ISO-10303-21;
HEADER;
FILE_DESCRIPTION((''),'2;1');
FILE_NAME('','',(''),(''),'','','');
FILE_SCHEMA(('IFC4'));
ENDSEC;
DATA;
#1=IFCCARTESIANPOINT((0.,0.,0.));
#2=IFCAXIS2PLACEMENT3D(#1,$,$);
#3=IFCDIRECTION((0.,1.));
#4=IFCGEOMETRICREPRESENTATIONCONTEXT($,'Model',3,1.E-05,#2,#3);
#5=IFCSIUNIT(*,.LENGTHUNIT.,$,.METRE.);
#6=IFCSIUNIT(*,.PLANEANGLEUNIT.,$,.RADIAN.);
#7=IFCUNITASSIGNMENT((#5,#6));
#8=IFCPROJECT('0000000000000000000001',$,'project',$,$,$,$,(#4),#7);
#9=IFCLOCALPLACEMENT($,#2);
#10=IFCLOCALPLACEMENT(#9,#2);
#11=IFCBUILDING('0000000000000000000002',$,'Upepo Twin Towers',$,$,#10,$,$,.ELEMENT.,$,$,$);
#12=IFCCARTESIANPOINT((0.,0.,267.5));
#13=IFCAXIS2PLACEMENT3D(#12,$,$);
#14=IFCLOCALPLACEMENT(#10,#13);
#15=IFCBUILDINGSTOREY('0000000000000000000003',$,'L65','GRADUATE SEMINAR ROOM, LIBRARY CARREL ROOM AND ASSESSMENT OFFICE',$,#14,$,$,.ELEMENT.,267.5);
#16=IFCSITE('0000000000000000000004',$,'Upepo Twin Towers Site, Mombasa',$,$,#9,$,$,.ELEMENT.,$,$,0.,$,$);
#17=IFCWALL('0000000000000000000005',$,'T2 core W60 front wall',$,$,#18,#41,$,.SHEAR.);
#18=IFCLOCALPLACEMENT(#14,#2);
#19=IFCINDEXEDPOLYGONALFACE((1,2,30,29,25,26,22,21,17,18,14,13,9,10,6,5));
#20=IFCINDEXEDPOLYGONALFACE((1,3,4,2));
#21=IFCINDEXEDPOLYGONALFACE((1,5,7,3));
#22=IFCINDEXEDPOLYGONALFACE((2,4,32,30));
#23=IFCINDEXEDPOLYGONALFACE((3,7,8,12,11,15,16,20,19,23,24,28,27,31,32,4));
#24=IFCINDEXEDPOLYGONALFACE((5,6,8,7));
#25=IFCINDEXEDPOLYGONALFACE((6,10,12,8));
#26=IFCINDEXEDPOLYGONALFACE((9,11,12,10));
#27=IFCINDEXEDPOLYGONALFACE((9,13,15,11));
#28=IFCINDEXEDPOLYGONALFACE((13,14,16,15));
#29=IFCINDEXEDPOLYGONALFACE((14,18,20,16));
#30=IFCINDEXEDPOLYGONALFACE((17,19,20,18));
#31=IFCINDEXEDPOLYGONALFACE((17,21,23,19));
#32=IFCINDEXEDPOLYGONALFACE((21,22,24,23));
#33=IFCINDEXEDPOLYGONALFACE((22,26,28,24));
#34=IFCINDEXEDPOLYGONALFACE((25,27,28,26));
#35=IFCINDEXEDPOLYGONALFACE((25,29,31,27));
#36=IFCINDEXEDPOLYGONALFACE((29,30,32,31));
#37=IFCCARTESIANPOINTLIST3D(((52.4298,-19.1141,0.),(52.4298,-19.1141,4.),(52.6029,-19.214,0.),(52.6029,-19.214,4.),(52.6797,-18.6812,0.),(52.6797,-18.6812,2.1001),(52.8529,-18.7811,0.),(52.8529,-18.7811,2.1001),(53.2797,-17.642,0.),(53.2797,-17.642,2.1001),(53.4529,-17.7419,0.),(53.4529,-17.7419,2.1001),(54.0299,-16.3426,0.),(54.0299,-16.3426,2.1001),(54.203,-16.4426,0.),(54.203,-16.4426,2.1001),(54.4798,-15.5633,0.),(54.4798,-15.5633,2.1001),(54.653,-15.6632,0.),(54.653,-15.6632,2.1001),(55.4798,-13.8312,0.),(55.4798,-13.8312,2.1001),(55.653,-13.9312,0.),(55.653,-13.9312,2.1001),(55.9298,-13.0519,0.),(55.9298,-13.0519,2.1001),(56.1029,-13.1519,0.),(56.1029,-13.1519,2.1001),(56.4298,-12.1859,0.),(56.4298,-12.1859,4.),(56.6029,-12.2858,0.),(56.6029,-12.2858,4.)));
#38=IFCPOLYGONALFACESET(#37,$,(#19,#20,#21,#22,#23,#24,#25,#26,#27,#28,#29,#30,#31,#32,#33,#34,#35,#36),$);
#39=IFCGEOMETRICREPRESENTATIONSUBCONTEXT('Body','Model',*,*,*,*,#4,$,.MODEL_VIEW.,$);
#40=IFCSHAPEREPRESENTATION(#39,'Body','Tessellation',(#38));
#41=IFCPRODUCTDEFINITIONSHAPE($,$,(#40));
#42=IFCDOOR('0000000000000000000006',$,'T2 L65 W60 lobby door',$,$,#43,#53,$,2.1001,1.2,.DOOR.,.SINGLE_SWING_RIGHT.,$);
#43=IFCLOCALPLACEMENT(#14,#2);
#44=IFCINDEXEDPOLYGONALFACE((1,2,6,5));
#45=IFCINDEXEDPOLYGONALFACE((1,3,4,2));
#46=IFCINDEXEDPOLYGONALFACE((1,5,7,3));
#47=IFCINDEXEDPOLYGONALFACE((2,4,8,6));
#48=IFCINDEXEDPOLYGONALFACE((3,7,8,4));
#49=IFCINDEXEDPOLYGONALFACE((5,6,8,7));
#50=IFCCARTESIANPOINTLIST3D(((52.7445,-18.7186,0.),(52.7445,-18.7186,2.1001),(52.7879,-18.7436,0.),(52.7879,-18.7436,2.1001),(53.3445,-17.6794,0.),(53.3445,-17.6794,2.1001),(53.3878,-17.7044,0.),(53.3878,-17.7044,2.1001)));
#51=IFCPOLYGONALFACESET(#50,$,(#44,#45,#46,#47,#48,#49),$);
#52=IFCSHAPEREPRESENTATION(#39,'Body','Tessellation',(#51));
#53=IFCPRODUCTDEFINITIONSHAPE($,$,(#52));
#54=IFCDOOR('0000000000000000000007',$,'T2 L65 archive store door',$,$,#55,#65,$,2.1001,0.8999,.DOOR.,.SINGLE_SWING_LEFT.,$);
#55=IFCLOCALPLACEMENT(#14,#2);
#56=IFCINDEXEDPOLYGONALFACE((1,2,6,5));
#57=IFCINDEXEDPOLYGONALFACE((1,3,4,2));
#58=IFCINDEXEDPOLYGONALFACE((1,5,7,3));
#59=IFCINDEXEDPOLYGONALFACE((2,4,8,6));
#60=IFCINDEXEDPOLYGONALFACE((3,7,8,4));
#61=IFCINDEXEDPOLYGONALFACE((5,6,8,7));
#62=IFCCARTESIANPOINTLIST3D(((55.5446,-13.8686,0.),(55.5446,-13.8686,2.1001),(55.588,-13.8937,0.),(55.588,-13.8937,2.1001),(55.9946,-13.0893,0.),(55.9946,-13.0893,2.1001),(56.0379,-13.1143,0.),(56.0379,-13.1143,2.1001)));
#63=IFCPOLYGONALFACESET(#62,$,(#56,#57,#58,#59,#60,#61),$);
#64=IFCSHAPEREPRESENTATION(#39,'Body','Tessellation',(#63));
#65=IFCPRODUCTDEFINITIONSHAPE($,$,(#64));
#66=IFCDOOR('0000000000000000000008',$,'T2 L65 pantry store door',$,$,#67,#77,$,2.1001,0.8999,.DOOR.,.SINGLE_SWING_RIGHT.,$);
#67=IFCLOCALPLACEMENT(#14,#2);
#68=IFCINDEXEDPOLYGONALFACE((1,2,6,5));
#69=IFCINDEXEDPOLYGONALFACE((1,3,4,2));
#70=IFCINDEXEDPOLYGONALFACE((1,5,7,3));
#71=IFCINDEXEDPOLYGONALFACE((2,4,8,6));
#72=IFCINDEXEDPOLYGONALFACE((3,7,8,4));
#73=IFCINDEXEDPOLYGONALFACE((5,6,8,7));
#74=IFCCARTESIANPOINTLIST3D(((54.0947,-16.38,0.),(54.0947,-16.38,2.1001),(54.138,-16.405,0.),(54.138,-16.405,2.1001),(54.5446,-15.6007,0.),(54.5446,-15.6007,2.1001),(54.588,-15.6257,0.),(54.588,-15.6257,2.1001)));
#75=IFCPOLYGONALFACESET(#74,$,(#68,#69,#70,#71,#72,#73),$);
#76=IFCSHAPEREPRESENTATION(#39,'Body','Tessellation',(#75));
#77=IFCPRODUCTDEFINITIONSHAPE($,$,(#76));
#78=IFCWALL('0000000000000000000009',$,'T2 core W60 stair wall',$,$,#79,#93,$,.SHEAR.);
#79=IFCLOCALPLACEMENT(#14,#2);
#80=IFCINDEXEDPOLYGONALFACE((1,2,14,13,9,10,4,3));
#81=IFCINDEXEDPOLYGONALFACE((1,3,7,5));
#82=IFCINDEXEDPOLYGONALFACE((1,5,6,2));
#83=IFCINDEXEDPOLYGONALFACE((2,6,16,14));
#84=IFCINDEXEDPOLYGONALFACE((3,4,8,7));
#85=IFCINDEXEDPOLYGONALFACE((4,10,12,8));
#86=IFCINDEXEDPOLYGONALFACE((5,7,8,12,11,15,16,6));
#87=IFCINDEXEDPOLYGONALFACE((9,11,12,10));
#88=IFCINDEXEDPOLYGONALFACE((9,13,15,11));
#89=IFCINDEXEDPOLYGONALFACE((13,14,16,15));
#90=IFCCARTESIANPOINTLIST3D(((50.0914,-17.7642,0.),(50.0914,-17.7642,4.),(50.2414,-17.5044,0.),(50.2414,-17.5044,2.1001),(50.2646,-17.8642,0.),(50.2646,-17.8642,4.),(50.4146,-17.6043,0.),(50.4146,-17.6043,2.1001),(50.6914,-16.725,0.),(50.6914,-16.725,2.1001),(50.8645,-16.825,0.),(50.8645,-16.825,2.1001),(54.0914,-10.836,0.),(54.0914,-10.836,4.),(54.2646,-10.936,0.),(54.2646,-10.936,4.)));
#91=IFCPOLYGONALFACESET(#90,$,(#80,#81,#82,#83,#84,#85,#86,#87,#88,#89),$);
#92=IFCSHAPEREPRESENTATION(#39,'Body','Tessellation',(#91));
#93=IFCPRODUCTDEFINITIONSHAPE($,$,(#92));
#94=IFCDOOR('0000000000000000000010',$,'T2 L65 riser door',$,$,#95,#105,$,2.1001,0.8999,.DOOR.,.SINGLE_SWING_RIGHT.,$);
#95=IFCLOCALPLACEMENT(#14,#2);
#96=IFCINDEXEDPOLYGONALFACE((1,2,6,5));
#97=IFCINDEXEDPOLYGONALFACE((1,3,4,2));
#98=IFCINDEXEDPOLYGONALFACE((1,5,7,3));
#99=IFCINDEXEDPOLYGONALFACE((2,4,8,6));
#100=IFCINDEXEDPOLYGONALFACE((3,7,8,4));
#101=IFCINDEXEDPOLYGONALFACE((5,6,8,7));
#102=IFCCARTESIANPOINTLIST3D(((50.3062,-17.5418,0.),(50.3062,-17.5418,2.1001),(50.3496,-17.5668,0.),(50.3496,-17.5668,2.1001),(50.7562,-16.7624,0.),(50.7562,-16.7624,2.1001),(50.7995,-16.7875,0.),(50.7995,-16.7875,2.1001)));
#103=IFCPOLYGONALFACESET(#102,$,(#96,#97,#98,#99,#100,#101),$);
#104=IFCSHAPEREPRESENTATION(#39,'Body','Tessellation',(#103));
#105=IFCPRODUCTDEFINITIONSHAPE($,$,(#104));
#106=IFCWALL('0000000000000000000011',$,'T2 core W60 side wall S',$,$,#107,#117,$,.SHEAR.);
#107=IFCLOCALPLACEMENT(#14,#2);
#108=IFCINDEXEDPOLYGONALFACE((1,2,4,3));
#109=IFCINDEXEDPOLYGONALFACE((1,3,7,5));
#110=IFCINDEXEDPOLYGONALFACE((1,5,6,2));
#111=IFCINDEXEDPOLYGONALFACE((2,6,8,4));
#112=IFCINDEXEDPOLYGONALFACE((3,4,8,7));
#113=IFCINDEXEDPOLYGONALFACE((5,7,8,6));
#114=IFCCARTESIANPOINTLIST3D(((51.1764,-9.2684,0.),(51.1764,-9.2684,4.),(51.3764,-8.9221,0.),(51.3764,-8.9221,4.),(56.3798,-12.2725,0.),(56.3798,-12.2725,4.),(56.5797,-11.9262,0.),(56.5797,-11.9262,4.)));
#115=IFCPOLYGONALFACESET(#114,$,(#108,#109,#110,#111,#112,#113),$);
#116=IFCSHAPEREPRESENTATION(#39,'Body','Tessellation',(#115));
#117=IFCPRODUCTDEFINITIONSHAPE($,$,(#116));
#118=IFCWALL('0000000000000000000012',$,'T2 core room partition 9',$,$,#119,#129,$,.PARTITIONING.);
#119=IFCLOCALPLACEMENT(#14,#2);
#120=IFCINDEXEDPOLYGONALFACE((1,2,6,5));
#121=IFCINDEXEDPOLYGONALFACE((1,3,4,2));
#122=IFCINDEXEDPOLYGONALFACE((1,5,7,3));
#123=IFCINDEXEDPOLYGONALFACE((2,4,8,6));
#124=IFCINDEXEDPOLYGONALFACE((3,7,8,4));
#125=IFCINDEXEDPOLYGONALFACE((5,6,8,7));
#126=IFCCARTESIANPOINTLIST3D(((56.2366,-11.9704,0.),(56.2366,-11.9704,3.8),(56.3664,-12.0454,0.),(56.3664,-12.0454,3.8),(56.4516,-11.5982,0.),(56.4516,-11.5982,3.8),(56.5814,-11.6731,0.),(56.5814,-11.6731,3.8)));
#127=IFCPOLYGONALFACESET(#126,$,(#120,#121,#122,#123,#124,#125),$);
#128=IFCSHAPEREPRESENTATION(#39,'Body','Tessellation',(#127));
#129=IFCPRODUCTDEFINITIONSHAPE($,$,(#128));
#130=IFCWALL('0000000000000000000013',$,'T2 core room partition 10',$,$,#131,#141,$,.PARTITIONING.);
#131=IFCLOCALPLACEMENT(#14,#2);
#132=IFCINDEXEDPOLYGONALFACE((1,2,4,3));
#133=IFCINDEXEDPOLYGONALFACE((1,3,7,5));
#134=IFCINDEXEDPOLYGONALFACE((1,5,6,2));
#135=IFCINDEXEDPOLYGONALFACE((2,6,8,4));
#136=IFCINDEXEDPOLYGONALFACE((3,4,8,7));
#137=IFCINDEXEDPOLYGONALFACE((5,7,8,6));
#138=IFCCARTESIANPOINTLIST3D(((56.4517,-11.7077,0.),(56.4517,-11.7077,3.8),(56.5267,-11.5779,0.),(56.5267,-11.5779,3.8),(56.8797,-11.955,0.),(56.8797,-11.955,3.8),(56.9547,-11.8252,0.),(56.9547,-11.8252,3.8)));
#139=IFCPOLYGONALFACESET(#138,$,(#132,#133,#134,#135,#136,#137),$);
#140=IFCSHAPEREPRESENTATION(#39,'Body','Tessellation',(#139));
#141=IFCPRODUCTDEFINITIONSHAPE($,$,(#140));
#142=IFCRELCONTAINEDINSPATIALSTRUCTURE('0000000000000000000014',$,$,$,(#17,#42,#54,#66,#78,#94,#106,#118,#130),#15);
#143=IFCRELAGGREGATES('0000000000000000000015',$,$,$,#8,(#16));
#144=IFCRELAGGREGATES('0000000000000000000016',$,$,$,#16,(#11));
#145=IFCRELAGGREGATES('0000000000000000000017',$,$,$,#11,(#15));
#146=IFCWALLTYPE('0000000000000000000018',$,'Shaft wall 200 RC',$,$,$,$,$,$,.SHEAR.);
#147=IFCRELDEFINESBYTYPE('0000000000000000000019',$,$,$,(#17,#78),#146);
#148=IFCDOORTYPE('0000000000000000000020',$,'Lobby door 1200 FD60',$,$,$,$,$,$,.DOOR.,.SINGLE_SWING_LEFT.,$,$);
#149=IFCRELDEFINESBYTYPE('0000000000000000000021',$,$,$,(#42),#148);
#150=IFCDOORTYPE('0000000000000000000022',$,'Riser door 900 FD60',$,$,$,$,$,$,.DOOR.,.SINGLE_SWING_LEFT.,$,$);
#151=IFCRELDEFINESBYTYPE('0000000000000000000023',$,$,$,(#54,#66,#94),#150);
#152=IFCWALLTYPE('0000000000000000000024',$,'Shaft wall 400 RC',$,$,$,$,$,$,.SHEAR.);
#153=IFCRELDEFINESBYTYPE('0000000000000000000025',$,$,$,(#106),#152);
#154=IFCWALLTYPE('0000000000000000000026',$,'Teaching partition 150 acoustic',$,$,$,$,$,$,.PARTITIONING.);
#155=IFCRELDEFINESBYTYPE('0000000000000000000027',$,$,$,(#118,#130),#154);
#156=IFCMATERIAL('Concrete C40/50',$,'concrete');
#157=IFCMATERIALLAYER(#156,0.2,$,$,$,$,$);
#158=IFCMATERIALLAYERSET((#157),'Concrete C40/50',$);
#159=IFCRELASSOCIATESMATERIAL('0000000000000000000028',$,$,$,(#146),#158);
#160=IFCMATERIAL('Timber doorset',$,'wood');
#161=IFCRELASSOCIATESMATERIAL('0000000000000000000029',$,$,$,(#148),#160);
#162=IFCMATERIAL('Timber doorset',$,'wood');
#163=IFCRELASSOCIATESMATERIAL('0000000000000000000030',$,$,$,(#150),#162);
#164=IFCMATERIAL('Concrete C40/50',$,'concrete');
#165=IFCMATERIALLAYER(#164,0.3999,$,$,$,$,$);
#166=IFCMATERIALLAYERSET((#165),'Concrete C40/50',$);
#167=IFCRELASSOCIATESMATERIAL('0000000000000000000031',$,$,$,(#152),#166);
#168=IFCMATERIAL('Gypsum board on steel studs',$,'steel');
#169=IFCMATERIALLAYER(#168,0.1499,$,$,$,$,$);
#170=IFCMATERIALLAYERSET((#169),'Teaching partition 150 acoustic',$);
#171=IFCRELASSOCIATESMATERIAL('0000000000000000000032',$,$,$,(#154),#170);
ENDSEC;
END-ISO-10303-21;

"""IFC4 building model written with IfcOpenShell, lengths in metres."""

from ifc_helpers import new_model, si_unit, direction, frame, frame_2d, origin, place, context, subcontext, project, spatial, rectangle, extrude, material, layer, layer_set, type_object, element, fill, save


model = new_model("IFC4")

# Units and contexts
model_context = context("Model", 3, precision=1e-05, world=origin(), true_north=direction((0.0, 1.0)))
body_context = subcontext(model_context, "Body", "Model", "MODEL_VIEW")
ifc_project = project(units=[si_unit("LENGTHUNIT", "METRE"), si_unit("PLANEANGLEUNIT", "RADIAN")], contexts=[model_context])

# Site, building, storey
site_placement = place(None, origin())
site = spatial("IfcSite", under=ifc_project, at=site_placement, Name="Upepo Twin Towers Site, Mombasa", CompositionType="ELEMENT", RefElevation=0.0)
building_placement = place(site_placement, origin())
building = spatial("IfcBuilding", under=site, at=building_placement, Name="Upepo Twin Towers", CompositionType="ELEMENT")
storey_placement = place(building_placement, frame((0.0, 0.0, 267.5)))
storey = spatial("IfcBuildingStorey", under=building, at=storey_placement, Name="L65", Description="GRADUATE SEMINAR ROOM, LIBRARY CARREL ROOM AND ASSESSMENT OFFICE", CompositionType="ELEMENT", Elevation=267.5)

# Wall, openings, doors
ifc_material_1 = material(Name="Concrete C40/50", Category="concrete")
ifc_layer_1 = layer(ifc_material_1, 0.2)
ifc_layer_set_1 = layer_set([ifc_layer_1], Name="Concrete C40/50")
wall_type_1 = type_object("IfcWallType", Name="Shaft wall 200 RC", PredefinedType="SHEAR", material=ifc_layer_set_1)
wall_1_placement = place(storey_placement, frame((56.5164, -12.2358, 0.0), z_axis=(0.0, 0.0, 1.0), x_axis=(-0.499999, -0.866026, 0.0)))
wall_1 = element("IfcWall", 1, at=wall_1_placement, inside=storey, type_object=wall_type_1, Name="T2 core W60 front wall", PredefinedType="SHEAR", context=body_context, shape_type="SweptSolid", body=[
    extrude(rectangle(XDim=8.0, YDim=0.2, at=frame_2d((4.0, 0.0))), origin(), (0.0, 0.0, 1.0), 4.0),
])
opening_1_placement = place(wall_1_placement, frame((6.3, 0.0, 0.0)))
opening_1 = element("IfcOpeningElement", 2, at=opening_1_placement, cuts=wall_1, PredefinedType="OPENING", context=body_context, shape_type="SweptSolid", body=[
    extrude(rectangle(XDim=1.2, YDim=2.1001, at=frame_2d((0.6001, 1.05))), frame((0.0, 0.1099, 0.0), z_axis=(0.0, -1.0, 0.0), x_axis=(1.0, 0.0, 0.0)), (0.0, 0.0, 1.0), 0.22),
])
opening_2_placement = place(wall_1_placement, frame((1.0, 0.0, 0.0)))
opening_2 = element("IfcOpeningElement", 3, at=opening_2_placement, cuts=wall_1, PredefinedType="OPENING", context=body_context, shape_type="SweptSolid", body=[
    extrude(rectangle(XDim=0.8999, YDim=2.1001, at=frame_2d((0.45, 1.05))), frame((0.0, 0.1099, 0.0), z_axis=(0.0, -1.0, 0.0), x_axis=(1.0, 0.0, 0.0)), (0.0, 0.0, 1.0), 0.22),
])
opening_3_placement = place(wall_1_placement, frame((3.8999, 0.0, 0.0)))
opening_3 = element("IfcOpeningElement", 4, at=opening_3_placement, cuts=wall_1, PredefinedType="OPENING", context=body_context, shape_type="SweptSolid", body=[
    extrude(rectangle(XDim=0.8999, YDim=2.1001, at=frame_2d((0.45, 1.05))), frame((0.0, 0.1099, 0.0), z_axis=(0.0, -1.0, 0.0), x_axis=(1.0, 0.0, 0.0)), (0.0, 0.0, 1.0), 0.22),
])
ifc_material_2 = material(Name="Timber doorset", Category="wood")
door_type_1 = type_object("IfcDoorType", Name="Lobby door 1200 FD60", OperationType="SINGLE_SWING_LEFT", PredefinedType="DOOR", material=ifc_material_2)
door_1_placement = place(opening_1_placement, origin())
door_1 = element("IfcDoor", 5, at=door_1_placement, inside=storey, type_object=door_type_1, Name="T2 L65 W60 lobby door", OperationType="SINGLE_SWING_RIGHT", OverallHeight=2.1001, OverallWidth=1.2, PredefinedType="DOOR", context=body_context, shape_type="SweptSolid", body=[
    extrude(rectangle(XDim=1.2, YDim=2.1001, at=frame_2d((0.6001, 1.05))), frame((0.0, 0.0249, 0.0), z_axis=(0.0, -1.0, 0.0), x_axis=(1.0, 0.0, 0.0)), (0.0, 0.0, 1.0), 0.05),
])
fill(opening_1, door_1)
ifc_material_3 = material(Name="Timber doorset", Category="wood")
door_type_2 = type_object("IfcDoorType", Name="Riser door 900 FD60", OperationType="SINGLE_SWING_LEFT", PredefinedType="DOOR", material=ifc_material_3)
door_2_placement = place(opening_2_placement, origin())
door_2 = element("IfcDoor", 6, at=door_2_placement, inside=storey, type_object=door_type_2, Name="T2 L65 archive store door", OperationType="SINGLE_SWING_LEFT", OverallHeight=2.1001, OverallWidth=0.8999, PredefinedType="DOOR", context=body_context, shape_type="SweptSolid", body=[
    extrude(rectangle(XDim=0.8999, YDim=2.1001, at=frame_2d((0.45, 1.05))), frame((0.0, 0.0249, 0.0), z_axis=(0.0, -1.0, 0.0), x_axis=(1.0, 0.0, 0.0)), (0.0, 0.0, 1.0), 0.05),
])
fill(opening_2, door_2)
door_3_placement = place(opening_3_placement, origin())
door_3 = element("IfcDoor", 7, at=door_3_placement, inside=storey, type_object=door_type_2, Name="T2 L65 pantry store door", OperationType="SINGLE_SWING_RIGHT", OverallHeight=2.1001, OverallWidth=0.8999, PredefinedType="DOOR", context=body_context, shape_type="SweptSolid", body=[
    extrude(rectangle(XDim=0.8999, YDim=2.1001, at=frame_2d((0.45, 1.05))), frame((0.0, 0.0249, 0.0), z_axis=(0.0, -1.0, 0.0), x_axis=(1.0, 0.0, 0.0)), (0.0, 0.0, 1.0), 0.05),
])
fill(opening_3, door_3)

# Wall, opening, door
wall_2_placement = place(storey_placement, frame((54.178, -10.886, 0.0), z_axis=(0.0, 0.0, 1.0), x_axis=(-0.499999, -0.866026, 0.0)))
wall_2 = element("IfcWall", 8, at=wall_2_placement, inside=storey, type_object=wall_type_1, Name="T2 core W60 stair wall", PredefinedType="SHEAR", context=body_context, shape_type="SweptSolid", body=[
    extrude(rectangle(XDim=8.0, YDim=0.2, at=frame_2d((4.0, 0.0))), origin(), (0.0, 0.0, 1.0), 4.0),
])
opening_4_placement = place(wall_2_placement, frame((6.8, 0.0, 0.0)))
opening_4 = element("IfcOpeningElement", 9, at=opening_4_placement, cuts=wall_2, PredefinedType="OPENING", context=body_context, shape_type="SweptSolid", body=[
    extrude(rectangle(XDim=0.8999, YDim=2.1001, at=frame_2d((0.45, 1.05))), frame((0.0, 0.1099, 0.0), z_axis=(0.0, -1.0, 0.0), x_axis=(1.0, 0.0, 0.0)), (0.0, 0.0, 1.0), 0.22),
])
door_4_placement = place(opening_4_placement, origin())
door_4 = element("IfcDoor", 10, at=door_4_placement, inside=storey, type_object=door_type_2, Name="T2 L65 riser door", OperationType="SINGLE_SWING_RIGHT", OverallHeight=2.1001, OverallWidth=0.8999, PredefinedType="DOOR", context=body_context, shape_type="SweptSolid", body=[
    extrude(rectangle(XDim=0.8999, YDim=2.1001, at=frame_2d((0.45, 1.05))), frame((0.0, 0.0249, 0.0), z_axis=(0.0, -1.0, 0.0), x_axis=(1.0, 0.0, 0.0)), (0.0, 0.0, 1.0), 0.05),
])
fill(opening_4, door_4)

# Walls
ifc_material_4 = material(Name="Concrete C40/50", Category="concrete")
ifc_layer_2 = layer(ifc_material_4, 0.3999)
ifc_layer_set_2 = layer_set([ifc_layer_2], Name="Concrete C40/50")
wall_type_2 = type_object("IfcWallType", Name="Shaft wall 400 RC", PredefinedType="SHEAR", material=ifc_layer_set_2)
wall_3_placement = place(storey_placement, frame((56.4797, -12.0994, 0.0), z_axis=(0.0, 0.0, 1.0), x_axis=(-0.866027, 0.499998, 0.0)))
element("IfcWall", 11, at=wall_3_placement, inside=storey, type_object=wall_type_2, Name="T2 core W60 side wall S", PredefinedType="SHEAR", context=body_context, shape_type="SweptSolid", body=[
    extrude(rectangle(XDim=6.0083, YDim=0.3999, at=frame_2d((3.0042, 0.0))), origin(), (0.0, 0.0, 1.0), 4.0),
])
ifc_material_5 = material(Name="Gypsum board on steel studs", Category="steel")
ifc_layer_3 = layer(ifc_material_5, 0.1499)
ifc_layer_set_3 = layer_set([ifc_layer_3], Name="Teaching partition 150 acoustic")
wall_type_3 = type_object("IfcWallType", Name="Teaching partition 150 acoustic", PredefinedType="PARTITIONING", material=ifc_layer_set_3)
wall_4_placement = place(storey_placement, frame((56.3015, -12.0078, 0.0), z_axis=(0.0, 0.0, 1.0), x_axis=(0.50023, 0.865892, 0.0)))
element("IfcWall", 12, at=wall_4_placement, inside=storey, type_object=wall_type_3, Name="T2 core room partition 9", PredefinedType="PARTITIONING", context=body_context, shape_type="SweptSolid", body=[
    extrude(rectangle(XDim=0.4299, YDim=0.1499, at=frame_2d((0.2148, 0.0))), origin(), (0.0, 0.0, 1.0), 3.8),
])
wall_5_placement = place(storey_placement, frame((56.4893, -11.6428, 0.0), z_axis=(0.0, 0.0, 1.0), x_axis=(0.865832, -0.500335, 0.0)))
element("IfcWall", 13, at=wall_5_placement, inside=storey, type_object=wall_type_3, Name="T2 core room partition 10", PredefinedType="PARTITIONING", context=body_context, shape_type="SweptSolid", body=[
    extrude(rectangle(XDim=0.4944, YDim=0.1499, at=frame_2d((0.2471, 0.0))), origin(), (0.0, 0.0, 1.0), 3.8),
])

save(model, "model.ifc")
